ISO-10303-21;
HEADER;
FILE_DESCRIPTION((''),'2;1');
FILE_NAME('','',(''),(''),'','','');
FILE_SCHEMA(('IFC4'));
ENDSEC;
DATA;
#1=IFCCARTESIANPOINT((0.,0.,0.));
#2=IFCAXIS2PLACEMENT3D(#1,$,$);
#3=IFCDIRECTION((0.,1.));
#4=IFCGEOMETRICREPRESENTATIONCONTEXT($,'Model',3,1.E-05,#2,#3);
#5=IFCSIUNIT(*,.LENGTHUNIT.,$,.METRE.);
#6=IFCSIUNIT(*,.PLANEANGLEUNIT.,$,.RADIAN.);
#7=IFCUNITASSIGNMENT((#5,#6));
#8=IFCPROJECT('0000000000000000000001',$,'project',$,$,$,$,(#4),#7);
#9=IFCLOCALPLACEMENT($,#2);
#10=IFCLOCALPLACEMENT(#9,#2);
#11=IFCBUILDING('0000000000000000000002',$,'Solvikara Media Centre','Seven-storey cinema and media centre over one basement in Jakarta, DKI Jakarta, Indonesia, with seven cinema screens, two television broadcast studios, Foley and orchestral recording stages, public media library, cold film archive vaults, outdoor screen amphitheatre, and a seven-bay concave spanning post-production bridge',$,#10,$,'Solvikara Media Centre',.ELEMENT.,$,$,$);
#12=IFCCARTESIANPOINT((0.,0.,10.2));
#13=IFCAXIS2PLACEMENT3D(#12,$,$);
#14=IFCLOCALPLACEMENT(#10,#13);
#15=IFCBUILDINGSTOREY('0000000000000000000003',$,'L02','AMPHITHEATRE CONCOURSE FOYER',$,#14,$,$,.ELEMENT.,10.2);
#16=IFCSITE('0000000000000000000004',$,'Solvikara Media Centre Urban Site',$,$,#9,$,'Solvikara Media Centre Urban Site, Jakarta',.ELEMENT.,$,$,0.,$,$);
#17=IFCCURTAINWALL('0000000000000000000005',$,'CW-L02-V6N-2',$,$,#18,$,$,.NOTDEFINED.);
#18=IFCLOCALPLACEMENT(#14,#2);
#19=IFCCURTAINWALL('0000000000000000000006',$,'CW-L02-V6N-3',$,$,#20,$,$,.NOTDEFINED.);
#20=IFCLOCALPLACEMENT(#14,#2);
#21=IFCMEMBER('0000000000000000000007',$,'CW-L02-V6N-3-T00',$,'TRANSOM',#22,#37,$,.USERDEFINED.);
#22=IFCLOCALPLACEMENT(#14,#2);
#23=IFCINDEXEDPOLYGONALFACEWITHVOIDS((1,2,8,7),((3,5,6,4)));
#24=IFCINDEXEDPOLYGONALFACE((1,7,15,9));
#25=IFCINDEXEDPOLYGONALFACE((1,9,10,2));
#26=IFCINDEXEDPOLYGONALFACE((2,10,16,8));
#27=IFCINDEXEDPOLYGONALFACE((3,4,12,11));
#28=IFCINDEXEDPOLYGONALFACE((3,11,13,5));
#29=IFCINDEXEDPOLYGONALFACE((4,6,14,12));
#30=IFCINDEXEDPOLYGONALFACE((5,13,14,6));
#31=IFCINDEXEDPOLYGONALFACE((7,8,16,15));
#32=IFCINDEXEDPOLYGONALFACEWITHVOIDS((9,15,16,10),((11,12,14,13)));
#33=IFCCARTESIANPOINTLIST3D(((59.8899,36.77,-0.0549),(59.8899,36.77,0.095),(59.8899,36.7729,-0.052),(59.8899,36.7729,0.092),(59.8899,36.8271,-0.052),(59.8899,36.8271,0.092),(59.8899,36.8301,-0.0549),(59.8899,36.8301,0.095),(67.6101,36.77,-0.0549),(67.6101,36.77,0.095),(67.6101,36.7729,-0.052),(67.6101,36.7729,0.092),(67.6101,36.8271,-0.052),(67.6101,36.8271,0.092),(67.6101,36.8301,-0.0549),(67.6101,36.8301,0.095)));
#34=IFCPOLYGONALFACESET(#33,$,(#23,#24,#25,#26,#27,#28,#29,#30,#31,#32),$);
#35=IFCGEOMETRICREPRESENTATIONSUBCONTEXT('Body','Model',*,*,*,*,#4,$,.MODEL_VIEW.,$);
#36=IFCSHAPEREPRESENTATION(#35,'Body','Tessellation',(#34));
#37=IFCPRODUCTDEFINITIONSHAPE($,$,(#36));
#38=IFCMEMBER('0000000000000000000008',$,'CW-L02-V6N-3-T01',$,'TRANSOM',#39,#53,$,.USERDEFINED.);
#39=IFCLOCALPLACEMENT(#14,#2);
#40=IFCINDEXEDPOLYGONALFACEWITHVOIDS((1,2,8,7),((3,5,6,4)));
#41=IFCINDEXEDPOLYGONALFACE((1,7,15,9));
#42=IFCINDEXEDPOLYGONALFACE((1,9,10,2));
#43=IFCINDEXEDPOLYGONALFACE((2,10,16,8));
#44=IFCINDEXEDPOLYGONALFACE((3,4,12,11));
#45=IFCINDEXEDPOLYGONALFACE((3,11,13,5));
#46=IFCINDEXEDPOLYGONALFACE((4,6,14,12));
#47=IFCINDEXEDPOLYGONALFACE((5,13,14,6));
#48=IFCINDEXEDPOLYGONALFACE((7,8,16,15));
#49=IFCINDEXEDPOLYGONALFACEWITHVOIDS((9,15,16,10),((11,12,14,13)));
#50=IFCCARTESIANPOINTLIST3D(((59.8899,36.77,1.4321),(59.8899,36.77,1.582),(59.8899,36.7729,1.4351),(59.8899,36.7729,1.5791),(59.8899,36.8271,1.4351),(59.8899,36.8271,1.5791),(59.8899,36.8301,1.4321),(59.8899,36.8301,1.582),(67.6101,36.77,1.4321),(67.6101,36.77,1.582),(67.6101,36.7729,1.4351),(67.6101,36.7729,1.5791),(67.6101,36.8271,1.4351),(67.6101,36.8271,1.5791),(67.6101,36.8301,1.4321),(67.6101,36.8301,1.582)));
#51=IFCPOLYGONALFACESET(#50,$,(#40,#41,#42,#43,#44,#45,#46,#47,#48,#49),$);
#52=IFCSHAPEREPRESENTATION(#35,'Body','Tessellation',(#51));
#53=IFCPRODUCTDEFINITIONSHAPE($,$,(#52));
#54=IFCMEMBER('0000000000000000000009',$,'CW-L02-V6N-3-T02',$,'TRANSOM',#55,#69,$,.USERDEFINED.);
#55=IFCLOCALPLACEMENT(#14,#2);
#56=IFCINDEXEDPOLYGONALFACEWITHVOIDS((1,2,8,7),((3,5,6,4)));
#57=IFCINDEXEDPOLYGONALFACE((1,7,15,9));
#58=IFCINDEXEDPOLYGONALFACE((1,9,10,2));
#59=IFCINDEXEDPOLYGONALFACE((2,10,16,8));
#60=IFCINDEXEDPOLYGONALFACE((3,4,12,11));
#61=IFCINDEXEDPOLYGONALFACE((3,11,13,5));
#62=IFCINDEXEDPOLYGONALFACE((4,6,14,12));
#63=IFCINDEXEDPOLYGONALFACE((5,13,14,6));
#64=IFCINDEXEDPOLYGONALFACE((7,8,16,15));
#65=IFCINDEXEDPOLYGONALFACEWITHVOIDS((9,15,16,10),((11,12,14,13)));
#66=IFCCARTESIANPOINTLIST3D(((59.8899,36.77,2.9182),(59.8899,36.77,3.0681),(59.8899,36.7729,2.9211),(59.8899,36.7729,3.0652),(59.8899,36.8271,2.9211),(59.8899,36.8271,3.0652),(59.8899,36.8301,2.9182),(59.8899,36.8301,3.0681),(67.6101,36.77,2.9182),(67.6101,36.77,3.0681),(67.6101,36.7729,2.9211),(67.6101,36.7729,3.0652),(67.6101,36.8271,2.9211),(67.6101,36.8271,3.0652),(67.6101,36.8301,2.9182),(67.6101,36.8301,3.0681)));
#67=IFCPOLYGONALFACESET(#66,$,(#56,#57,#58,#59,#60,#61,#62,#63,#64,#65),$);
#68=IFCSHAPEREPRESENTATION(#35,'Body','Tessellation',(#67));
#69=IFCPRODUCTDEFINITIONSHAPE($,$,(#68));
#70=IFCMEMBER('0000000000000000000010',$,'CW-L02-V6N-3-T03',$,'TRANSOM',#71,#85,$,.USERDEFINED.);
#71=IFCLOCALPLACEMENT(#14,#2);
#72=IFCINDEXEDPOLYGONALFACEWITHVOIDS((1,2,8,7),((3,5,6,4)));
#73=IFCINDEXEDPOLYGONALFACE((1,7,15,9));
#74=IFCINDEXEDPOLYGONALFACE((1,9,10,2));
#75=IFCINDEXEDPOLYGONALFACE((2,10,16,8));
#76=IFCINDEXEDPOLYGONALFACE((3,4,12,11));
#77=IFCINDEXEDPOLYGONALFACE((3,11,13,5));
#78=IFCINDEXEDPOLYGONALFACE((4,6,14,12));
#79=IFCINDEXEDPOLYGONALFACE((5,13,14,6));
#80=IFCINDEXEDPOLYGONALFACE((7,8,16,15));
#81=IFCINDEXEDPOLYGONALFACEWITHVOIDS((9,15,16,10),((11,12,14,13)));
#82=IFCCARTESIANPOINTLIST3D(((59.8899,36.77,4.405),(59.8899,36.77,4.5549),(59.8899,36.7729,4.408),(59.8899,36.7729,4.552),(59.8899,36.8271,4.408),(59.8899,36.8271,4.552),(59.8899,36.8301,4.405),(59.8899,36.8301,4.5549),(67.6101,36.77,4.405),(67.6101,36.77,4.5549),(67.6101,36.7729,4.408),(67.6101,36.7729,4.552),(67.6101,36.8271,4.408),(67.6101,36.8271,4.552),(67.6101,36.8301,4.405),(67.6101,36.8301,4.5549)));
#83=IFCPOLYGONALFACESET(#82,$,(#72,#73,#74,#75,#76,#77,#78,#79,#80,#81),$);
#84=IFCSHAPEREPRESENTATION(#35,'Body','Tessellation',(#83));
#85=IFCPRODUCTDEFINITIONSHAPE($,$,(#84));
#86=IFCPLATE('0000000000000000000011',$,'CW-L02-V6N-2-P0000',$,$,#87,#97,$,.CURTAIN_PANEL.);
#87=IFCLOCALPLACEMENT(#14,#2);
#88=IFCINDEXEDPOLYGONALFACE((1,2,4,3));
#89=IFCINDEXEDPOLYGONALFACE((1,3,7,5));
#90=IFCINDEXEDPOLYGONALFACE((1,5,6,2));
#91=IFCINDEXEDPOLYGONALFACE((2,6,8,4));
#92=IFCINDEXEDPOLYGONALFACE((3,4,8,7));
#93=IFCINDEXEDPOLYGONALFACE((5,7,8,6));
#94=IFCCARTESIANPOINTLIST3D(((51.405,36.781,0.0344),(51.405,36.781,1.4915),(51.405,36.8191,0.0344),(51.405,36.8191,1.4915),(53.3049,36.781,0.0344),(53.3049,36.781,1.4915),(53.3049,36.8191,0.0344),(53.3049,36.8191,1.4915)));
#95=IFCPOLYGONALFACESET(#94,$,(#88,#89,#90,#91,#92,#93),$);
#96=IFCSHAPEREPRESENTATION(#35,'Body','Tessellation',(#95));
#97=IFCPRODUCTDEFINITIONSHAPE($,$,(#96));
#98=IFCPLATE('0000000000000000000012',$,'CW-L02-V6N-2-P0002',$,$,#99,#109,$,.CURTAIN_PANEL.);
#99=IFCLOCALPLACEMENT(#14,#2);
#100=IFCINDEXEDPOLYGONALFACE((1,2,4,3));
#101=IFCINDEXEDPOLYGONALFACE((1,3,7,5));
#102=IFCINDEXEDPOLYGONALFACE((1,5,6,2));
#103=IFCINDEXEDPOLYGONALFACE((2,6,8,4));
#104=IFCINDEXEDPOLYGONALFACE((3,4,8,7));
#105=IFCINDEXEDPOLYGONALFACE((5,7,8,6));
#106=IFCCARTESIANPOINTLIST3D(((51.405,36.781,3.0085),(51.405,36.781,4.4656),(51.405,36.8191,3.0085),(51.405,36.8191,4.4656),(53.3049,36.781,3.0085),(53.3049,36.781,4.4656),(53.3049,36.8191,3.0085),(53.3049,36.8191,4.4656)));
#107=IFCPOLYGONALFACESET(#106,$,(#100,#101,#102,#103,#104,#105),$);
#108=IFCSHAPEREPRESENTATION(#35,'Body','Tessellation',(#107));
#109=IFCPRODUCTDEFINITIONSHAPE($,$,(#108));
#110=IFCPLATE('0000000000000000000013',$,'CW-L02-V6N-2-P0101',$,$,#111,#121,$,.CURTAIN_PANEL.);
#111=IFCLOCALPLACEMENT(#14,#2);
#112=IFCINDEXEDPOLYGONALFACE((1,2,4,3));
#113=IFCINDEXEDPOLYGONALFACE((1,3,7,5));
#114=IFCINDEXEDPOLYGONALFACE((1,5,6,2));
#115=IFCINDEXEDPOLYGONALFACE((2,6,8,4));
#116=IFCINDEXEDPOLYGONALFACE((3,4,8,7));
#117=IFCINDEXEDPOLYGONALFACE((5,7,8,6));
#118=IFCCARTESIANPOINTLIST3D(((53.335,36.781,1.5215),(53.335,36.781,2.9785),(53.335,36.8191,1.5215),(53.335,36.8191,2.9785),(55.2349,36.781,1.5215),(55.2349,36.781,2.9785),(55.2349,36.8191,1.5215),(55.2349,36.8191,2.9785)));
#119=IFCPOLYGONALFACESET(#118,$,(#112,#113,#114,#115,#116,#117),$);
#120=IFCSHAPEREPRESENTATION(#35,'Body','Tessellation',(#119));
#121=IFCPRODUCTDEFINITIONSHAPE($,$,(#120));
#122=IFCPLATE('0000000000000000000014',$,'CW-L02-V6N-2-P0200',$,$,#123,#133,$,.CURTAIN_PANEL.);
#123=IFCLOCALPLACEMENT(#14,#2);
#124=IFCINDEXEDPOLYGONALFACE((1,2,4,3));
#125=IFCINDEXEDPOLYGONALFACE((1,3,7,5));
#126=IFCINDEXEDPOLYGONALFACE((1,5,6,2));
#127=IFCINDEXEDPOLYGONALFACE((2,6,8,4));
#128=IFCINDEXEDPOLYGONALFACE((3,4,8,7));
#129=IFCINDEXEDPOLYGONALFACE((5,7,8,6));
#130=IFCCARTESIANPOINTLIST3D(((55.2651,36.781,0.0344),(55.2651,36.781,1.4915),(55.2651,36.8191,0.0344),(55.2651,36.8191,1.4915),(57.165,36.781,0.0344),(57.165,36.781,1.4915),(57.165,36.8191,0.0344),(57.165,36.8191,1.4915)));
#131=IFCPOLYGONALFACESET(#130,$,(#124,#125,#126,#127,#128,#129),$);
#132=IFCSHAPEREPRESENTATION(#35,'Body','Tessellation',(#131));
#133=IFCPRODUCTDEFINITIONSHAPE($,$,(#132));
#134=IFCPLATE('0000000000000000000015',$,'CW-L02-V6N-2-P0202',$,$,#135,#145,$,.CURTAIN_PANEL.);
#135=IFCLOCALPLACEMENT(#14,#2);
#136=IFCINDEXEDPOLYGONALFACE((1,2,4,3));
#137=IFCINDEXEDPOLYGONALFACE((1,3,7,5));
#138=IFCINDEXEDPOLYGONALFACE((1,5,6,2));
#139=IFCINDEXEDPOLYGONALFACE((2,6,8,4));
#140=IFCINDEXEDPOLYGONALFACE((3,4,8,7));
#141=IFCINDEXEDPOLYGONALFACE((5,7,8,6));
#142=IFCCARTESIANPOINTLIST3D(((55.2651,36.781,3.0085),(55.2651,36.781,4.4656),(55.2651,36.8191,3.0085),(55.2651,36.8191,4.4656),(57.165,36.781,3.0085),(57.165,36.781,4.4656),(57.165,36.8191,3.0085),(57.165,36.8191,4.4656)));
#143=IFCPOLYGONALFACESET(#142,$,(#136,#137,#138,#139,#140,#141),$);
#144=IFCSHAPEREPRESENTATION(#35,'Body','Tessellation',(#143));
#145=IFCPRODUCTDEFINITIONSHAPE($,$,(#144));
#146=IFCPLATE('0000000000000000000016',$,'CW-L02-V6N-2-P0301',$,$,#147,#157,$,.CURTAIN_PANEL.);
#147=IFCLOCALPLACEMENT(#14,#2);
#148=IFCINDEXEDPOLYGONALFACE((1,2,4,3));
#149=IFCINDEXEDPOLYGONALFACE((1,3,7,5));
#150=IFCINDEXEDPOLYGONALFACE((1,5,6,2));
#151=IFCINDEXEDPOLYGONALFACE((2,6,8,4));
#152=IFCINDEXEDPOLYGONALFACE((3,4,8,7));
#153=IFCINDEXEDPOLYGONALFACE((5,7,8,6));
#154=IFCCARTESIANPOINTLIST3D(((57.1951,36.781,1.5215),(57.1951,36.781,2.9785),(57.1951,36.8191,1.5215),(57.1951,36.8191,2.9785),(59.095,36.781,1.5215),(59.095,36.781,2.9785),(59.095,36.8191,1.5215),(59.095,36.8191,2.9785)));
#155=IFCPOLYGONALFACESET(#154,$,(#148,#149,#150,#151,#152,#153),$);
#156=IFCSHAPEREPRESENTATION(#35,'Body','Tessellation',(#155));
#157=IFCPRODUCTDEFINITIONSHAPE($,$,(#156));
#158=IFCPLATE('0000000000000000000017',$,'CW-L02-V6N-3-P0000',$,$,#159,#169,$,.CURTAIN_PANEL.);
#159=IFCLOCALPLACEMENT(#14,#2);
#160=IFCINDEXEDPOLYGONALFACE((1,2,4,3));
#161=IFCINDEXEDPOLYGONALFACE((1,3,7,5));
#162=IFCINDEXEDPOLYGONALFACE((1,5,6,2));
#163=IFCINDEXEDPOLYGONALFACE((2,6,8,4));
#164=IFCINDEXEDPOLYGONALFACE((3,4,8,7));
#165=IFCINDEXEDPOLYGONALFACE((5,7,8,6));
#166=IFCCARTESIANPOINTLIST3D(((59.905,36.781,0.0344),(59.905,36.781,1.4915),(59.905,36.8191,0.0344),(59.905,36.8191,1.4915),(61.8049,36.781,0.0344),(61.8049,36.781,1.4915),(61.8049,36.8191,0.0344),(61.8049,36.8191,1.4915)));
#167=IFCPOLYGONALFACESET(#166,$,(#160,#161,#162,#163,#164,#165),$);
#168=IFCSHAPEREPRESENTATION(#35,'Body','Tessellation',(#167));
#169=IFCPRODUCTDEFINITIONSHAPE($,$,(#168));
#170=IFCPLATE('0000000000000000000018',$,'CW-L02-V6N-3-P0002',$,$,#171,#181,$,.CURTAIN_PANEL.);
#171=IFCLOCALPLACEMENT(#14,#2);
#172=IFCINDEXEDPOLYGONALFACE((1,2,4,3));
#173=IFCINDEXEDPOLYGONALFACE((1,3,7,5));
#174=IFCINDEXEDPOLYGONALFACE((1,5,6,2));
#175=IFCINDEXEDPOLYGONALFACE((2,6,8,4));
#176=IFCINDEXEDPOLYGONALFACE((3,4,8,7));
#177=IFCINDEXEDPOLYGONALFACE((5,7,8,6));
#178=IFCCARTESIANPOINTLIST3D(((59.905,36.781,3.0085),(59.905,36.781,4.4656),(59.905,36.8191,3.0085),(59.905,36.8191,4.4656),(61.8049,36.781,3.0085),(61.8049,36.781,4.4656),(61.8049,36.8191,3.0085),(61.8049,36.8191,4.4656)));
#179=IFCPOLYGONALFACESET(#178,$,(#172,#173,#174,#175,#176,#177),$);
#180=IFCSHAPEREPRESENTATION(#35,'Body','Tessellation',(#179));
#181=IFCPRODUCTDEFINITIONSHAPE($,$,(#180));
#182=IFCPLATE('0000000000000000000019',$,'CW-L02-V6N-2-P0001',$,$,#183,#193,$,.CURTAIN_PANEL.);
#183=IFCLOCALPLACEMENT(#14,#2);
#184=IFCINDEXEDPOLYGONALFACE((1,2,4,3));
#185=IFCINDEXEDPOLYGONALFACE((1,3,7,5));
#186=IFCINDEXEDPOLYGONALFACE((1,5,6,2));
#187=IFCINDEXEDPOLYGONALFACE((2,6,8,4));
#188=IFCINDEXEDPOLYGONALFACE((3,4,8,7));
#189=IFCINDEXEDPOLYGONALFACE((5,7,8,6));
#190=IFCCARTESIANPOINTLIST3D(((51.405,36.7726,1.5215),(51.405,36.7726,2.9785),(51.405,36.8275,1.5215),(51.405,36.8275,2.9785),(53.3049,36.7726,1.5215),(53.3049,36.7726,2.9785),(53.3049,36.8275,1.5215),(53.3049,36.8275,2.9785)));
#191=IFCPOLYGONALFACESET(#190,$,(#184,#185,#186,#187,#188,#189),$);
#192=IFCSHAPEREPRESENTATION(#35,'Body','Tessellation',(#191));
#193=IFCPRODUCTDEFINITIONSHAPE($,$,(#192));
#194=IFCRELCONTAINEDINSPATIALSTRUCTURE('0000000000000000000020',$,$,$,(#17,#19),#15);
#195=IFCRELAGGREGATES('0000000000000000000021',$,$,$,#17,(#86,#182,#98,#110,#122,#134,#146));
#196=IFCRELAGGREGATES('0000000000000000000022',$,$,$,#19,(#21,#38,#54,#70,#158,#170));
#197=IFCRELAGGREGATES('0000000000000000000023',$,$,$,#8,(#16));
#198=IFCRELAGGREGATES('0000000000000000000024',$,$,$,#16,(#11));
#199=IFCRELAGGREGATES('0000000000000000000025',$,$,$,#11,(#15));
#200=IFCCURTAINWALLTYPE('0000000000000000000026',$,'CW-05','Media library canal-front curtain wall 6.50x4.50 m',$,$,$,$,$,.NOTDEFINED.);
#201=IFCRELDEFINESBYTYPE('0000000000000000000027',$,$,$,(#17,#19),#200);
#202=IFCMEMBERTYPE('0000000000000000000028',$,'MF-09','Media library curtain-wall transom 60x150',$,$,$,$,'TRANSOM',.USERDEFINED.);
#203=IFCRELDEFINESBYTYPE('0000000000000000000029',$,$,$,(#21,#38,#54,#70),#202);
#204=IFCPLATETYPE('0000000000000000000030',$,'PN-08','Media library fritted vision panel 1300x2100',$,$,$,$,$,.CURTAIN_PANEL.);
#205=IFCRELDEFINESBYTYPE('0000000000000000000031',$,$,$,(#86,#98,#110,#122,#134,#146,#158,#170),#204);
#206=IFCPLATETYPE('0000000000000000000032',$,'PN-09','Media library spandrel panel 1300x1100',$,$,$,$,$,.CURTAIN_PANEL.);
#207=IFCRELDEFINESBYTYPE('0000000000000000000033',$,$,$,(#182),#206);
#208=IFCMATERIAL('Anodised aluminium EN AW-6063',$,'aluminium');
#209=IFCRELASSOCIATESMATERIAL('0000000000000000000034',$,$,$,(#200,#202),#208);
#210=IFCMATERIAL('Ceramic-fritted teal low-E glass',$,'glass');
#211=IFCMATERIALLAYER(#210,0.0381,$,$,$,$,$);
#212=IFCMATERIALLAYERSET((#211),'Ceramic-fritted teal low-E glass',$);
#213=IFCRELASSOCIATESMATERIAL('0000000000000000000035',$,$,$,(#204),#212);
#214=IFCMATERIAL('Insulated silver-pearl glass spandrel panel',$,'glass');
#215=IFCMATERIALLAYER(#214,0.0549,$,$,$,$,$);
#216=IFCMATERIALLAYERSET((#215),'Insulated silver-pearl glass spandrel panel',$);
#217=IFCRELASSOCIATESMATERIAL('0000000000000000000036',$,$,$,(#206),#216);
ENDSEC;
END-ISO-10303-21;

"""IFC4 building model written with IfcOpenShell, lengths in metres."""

from ifc_helpers import new_model, si_unit, direction, frame, origin, origin_2d, place, context, subcontext, project, spatial, rectangle, hollow_rectangle, extrude, material, layer, layer_set, material_profile, profile_set, type_object, element, aggregate, save


model = new_model("IFC4")

# Units and contexts
model_context = context("Model", 3, precision=1e-05, world=origin(), true_north=direction((0.0, 1.0)))
body_context = subcontext(model_context, "Body", "Model", "MODEL_VIEW")
ifc_project = project(units=[si_unit("LENGTHUNIT", "METRE"), si_unit("PLANEANGLEUNIT", "RADIAN")], contexts=[model_context])

# Site, building, storey
site_placement = place(None, origin())
site = spatial("IfcSite", under=ifc_project, at=site_placement, Name="Solvikara Media Centre Urban Site", LongName="Solvikara Media Centre Urban Site, Jakarta", CompositionType="ELEMENT", RefElevation=0.0)
building_placement = place(site_placement, origin())
building = spatial("IfcBuilding", under=site, at=building_placement, Name="Solvikara Media Centre", Description="Seven-storey cinema and media centre over one basement in Jakarta, DKI Jakarta, Indonesia, with seven cinema screens, two television broadcast studios, Foley and orchestral recording stages, public media library, cold film archive vaults, outdoor screen amphitheatre, and a seven-bay concave spanning post-production bridge", LongName="Solvikara Media Centre", CompositionType="ELEMENT")
storey_placement = place(building_placement, frame((0.0, 0.0, 10.2)))
storey = spatial("IfcBuildingStorey", under=building, at=storey_placement, Name="L02", Description="AMPHITHEATRE CONCOURSE FOYER", CompositionType="ELEMENT", Elevation=10.2)

# Curtain wall
ifc_material_1 = material(Name="Anodised aluminium EN AW-6063", Category="aluminium")
curtain_wall_type = type_object("IfcCurtainWallType", Name="CW-05", Description="Media library canal-front curtain wall 6.50x4.50 m", PredefinedType="NOTDEFINED", material=ifc_material_1)
curtain_wall_1_placement = place(storey_placement, origin())
curtain_wall_1 = element("IfcCurtainWall", 1, at=curtain_wall_1_placement, inside=storey, type_object=curtain_wall_type, Name="CW-L02-V6N-2", PredefinedType="NOTDEFINED")

# Curtain wall
curtain_wall_2_placement = place(storey_placement, origin())
curtain_wall_2 = element("IfcCurtainWall", 2, at=curtain_wall_2_placement, inside=storey, type_object=curtain_wall_type, Name="CW-L02-V6N-3", PredefinedType="NOTDEFINED")

# Members
ifc_material_profile_1 = material_profile(ifc_material_1, hollow_rectangle(XDim=0.0601, YDim=0.1499, WallThickness=0.0029, at=origin_2d()), Name="ALU-T 60x150x3")
ifc_profile_set_1 = profile_set([ifc_material_profile_1], Name="Anodised aluminium EN AW-6063")
member_type_1 = type_object("IfcMemberType", Name="MF-09", Description="Media library curtain-wall transom 60x150", ElementType="TRANSOM", PredefinedType="USERDEFINED", material=ifc_profile_set_1)
member_1_placement = place(storey_placement, frame((59.8899, 36.8, 0.02), z_axis=(1.0, 0.0, 0.0), x_axis=(0.0, 1.0, 0.0)))
member_1 = element("IfcMember", 3, at=member_1_placement, type_object=member_type_1, Name="CW-L02-V6N-3-T00", ObjectType="TRANSOM", PredefinedType="USERDEFINED", context=body_context, shape_type="SweptSolid", body=[
    extrude(hollow_rectangle(XDim=0.0601, YDim=0.1499, WallThickness=0.0029, at=origin_2d()), origin(), (0.0, 0.0, 1.0), 7.7202),
])
member_2_placement = place(storey_placement, frame((59.8899, 36.8, 1.5071), z_axis=(1.0, 0.0, 0.0), x_axis=(0.0, 1.0, 0.0)))
member_2 = element("IfcMember", 4, at=member_2_placement, type_object=member_type_1, Name="CW-L02-V6N-3-T01", ObjectType="TRANSOM", PredefinedType="USERDEFINED", context=body_context, shape_type="SweptSolid", body=[
    extrude(hollow_rectangle(XDim=0.0601, YDim=0.1499, WallThickness=0.0029, at=origin_2d()), origin(), (0.0, 0.0, 1.0), 7.7202),
])
member_3_placement = place(storey_placement, frame((59.8899, 36.8, 2.9932), z_axis=(1.0, 0.0, 0.0), x_axis=(0.0, 1.0, 0.0)))
member_3 = element("IfcMember", 5, at=member_3_placement, type_object=member_type_1, Name="CW-L02-V6N-3-T02", ObjectType="TRANSOM", PredefinedType="USERDEFINED", context=body_context, shape_type="SweptSolid", body=[
    extrude(hollow_rectangle(XDim=0.0601, YDim=0.1499, WallThickness=0.0029, at=origin_2d()), origin(), (0.0, 0.0, 1.0), 7.7202),
])
member_4_placement = place(storey_placement, frame((59.8899, 36.8, 4.48), z_axis=(1.0, 0.0, 0.0), x_axis=(0.0, 1.0, 0.0)))
member_4 = element("IfcMember", 6, at=member_4_placement, type_object=member_type_1, Name="CW-L02-V6N-3-T03", ObjectType="TRANSOM", PredefinedType="USERDEFINED", context=body_context, shape_type="SweptSolid", body=[
    extrude(hollow_rectangle(XDim=0.0601, YDim=0.1499, WallThickness=0.0029, at=origin_2d()), origin(), (0.0, 0.0, 1.0), 7.7202),
])

# Plates
ifc_material_2 = material(Name="Ceramic-fritted teal low-E glass", Category="glass")
ifc_layer_1 = layer(ifc_material_2, 0.0381)
ifc_layer_set_1 = layer_set([ifc_layer_1], Name="Ceramic-fritted teal low-E glass")
plate_type_1 = type_object("IfcPlateType", Name="PN-08", Description="Media library fritted vision panel 1300x2100", PredefinedType="CURTAIN_PANEL", material=ifc_layer_set_1)
plate_1_placement = place(storey_placement, frame((52.355, 36.8, 0.0344), z_axis=(0.0, 0.0, 1.0), x_axis=(1.0, 0.0, 0.0)))
plate_1 = element("IfcPlate", 7, at=plate_1_placement, type_object=plate_type_1, Name="CW-L02-V6N-2-P0000", PredefinedType="CURTAIN_PANEL", context=body_context, shape_type="SweptSolid", body=[
    extrude(rectangle(XDim=1.8999, YDim=0.0381, at=origin_2d()), origin(), (0.0, 0.0, 1.0), 1.457),
])
plate_2_placement = place(storey_placement, frame((52.355, 36.8, 3.0085), z_axis=(0.0, 0.0, 1.0), x_axis=(1.0, 0.0, 0.0)))
plate_2 = element("IfcPlate", 8, at=plate_2_placement, type_object=plate_type_1, Name="CW-L02-V6N-2-P0002", PredefinedType="CURTAIN_PANEL", context=body_context, shape_type="SweptSolid", body=[
    extrude(rectangle(XDim=1.8999, YDim=0.0381, at=origin_2d()), origin(), (0.0, 0.0, 1.0), 1.457),
])
plate_3_placement = place(storey_placement, frame((54.2849, 36.8, 1.5215), z_axis=(0.0, 0.0, 1.0), x_axis=(1.0, 0.0, 0.0)))
plate_3 = element("IfcPlate", 9, at=plate_3_placement, type_object=plate_type_1, Name="CW-L02-V6N-2-P0101", PredefinedType="CURTAIN_PANEL", context=body_context, shape_type="SweptSolid", body=[
    extrude(rectangle(XDim=1.8999, YDim=0.0381, at=origin_2d()), origin(), (0.0, 0.0, 1.0), 1.457),
])
plate_4_placement = place(storey_placement, frame((56.2151, 36.8, 0.0344), z_axis=(0.0, 0.0, 1.0), x_axis=(1.0, 0.0, 0.0)))
plate_4 = element("IfcPlate", 10, at=plate_4_placement, type_object=plate_type_1, Name="CW-L02-V6N-2-P0200", PredefinedType="CURTAIN_PANEL", context=body_context, shape_type="SweptSolid", body=[
    extrude(rectangle(XDim=1.8999, YDim=0.0381, at=origin_2d()), origin(), (0.0, 0.0, 1.0), 1.457),
])
plate_5_placement = place(storey_placement, frame((56.2151, 36.8, 3.0085), z_axis=(0.0, 0.0, 1.0), x_axis=(1.0, 0.0, 0.0)))
plate_5 = element("IfcPlate", 11, at=plate_5_placement, type_object=plate_type_1, Name="CW-L02-V6N-2-P0202", PredefinedType="CURTAIN_PANEL", context=body_context, shape_type="SweptSolid", body=[
    extrude(rectangle(XDim=1.8999, YDim=0.0381, at=origin_2d()), origin(), (0.0, 0.0, 1.0), 1.457),
])
plate_6_placement = place(storey_placement, frame((58.145, 36.8, 1.5215), z_axis=(0.0, 0.0, 1.0), x_axis=(1.0, 0.0, 0.0)))
plate_6 = element("IfcPlate", 12, at=plate_6_placement, type_object=plate_type_1, Name="CW-L02-V6N-2-P0301", PredefinedType="CURTAIN_PANEL", context=body_context, shape_type="SweptSolid", body=[
    extrude(rectangle(XDim=1.8999, YDim=0.0381, at=origin_2d()), origin(), (0.0, 0.0, 1.0), 1.457),
])
plate_7_placement = place(storey_placement, frame((60.855, 36.8, 0.0344), z_axis=(0.0, 0.0, 1.0), x_axis=(1.0, 0.0, 0.0)))
plate_7 = element("IfcPlate", 13, at=plate_7_placement, type_object=plate_type_1, Name="CW-L02-V6N-3-P0000", PredefinedType="CURTAIN_PANEL", context=body_context, shape_type="SweptSolid", body=[
    extrude(rectangle(XDim=1.8999, YDim=0.0381, at=origin_2d()), origin(), (0.0, 0.0, 1.0), 1.457),
])
plate_8_placement = place(storey_placement, frame((60.855, 36.8, 3.0085), z_axis=(0.0, 0.0, 1.0), x_axis=(1.0, 0.0, 0.0)))
plate_8 = element("IfcPlate", 14, at=plate_8_placement, type_object=plate_type_1, Name="CW-L02-V6N-3-P0002", PredefinedType="CURTAIN_PANEL", context=body_context, shape_type="SweptSolid", body=[
    extrude(rectangle(XDim=1.8999, YDim=0.0381, at=origin_2d()), origin(), (0.0, 0.0, 1.0), 1.457),
])
ifc_material_3 = material(Name="Insulated silver-pearl glass spandrel panel", Category="glass")
ifc_layer_2 = layer(ifc_material_3, 0.0549)
ifc_layer_set_2 = layer_set([ifc_layer_2], Name="Insulated silver-pearl glass spandrel panel")
plate_type_2 = type_object("IfcPlateType", Name="PN-09", Description="Media library spandrel panel 1300x1100", PredefinedType="CURTAIN_PANEL", material=ifc_layer_set_2)
plate_9_placement = place(storey_placement, frame((52.355, 36.8, 1.5215), z_axis=(0.0, 0.0, 1.0), x_axis=(1.0, 0.0, 0.0)))
plate_9 = element("IfcPlate", 15, at=plate_9_placement, type_object=plate_type_2, Name="CW-L02-V6N-2-P0001", PredefinedType="CURTAIN_PANEL", context=body_context, shape_type="SweptSolid", body=[
    extrude(rectangle(XDim=1.8999, YDim=0.0549, at=origin_2d()), origin(), (0.0, 0.0, 1.0), 1.457),
])
aggregate(curtain_wall_1, [plate_1, plate_9, plate_2, plate_3, plate_4, plate_5, plate_6])
aggregate(curtain_wall_2, [member_1, member_2, member_3, member_4, plate_7, plate_8])

save(model, "model.ifc")
